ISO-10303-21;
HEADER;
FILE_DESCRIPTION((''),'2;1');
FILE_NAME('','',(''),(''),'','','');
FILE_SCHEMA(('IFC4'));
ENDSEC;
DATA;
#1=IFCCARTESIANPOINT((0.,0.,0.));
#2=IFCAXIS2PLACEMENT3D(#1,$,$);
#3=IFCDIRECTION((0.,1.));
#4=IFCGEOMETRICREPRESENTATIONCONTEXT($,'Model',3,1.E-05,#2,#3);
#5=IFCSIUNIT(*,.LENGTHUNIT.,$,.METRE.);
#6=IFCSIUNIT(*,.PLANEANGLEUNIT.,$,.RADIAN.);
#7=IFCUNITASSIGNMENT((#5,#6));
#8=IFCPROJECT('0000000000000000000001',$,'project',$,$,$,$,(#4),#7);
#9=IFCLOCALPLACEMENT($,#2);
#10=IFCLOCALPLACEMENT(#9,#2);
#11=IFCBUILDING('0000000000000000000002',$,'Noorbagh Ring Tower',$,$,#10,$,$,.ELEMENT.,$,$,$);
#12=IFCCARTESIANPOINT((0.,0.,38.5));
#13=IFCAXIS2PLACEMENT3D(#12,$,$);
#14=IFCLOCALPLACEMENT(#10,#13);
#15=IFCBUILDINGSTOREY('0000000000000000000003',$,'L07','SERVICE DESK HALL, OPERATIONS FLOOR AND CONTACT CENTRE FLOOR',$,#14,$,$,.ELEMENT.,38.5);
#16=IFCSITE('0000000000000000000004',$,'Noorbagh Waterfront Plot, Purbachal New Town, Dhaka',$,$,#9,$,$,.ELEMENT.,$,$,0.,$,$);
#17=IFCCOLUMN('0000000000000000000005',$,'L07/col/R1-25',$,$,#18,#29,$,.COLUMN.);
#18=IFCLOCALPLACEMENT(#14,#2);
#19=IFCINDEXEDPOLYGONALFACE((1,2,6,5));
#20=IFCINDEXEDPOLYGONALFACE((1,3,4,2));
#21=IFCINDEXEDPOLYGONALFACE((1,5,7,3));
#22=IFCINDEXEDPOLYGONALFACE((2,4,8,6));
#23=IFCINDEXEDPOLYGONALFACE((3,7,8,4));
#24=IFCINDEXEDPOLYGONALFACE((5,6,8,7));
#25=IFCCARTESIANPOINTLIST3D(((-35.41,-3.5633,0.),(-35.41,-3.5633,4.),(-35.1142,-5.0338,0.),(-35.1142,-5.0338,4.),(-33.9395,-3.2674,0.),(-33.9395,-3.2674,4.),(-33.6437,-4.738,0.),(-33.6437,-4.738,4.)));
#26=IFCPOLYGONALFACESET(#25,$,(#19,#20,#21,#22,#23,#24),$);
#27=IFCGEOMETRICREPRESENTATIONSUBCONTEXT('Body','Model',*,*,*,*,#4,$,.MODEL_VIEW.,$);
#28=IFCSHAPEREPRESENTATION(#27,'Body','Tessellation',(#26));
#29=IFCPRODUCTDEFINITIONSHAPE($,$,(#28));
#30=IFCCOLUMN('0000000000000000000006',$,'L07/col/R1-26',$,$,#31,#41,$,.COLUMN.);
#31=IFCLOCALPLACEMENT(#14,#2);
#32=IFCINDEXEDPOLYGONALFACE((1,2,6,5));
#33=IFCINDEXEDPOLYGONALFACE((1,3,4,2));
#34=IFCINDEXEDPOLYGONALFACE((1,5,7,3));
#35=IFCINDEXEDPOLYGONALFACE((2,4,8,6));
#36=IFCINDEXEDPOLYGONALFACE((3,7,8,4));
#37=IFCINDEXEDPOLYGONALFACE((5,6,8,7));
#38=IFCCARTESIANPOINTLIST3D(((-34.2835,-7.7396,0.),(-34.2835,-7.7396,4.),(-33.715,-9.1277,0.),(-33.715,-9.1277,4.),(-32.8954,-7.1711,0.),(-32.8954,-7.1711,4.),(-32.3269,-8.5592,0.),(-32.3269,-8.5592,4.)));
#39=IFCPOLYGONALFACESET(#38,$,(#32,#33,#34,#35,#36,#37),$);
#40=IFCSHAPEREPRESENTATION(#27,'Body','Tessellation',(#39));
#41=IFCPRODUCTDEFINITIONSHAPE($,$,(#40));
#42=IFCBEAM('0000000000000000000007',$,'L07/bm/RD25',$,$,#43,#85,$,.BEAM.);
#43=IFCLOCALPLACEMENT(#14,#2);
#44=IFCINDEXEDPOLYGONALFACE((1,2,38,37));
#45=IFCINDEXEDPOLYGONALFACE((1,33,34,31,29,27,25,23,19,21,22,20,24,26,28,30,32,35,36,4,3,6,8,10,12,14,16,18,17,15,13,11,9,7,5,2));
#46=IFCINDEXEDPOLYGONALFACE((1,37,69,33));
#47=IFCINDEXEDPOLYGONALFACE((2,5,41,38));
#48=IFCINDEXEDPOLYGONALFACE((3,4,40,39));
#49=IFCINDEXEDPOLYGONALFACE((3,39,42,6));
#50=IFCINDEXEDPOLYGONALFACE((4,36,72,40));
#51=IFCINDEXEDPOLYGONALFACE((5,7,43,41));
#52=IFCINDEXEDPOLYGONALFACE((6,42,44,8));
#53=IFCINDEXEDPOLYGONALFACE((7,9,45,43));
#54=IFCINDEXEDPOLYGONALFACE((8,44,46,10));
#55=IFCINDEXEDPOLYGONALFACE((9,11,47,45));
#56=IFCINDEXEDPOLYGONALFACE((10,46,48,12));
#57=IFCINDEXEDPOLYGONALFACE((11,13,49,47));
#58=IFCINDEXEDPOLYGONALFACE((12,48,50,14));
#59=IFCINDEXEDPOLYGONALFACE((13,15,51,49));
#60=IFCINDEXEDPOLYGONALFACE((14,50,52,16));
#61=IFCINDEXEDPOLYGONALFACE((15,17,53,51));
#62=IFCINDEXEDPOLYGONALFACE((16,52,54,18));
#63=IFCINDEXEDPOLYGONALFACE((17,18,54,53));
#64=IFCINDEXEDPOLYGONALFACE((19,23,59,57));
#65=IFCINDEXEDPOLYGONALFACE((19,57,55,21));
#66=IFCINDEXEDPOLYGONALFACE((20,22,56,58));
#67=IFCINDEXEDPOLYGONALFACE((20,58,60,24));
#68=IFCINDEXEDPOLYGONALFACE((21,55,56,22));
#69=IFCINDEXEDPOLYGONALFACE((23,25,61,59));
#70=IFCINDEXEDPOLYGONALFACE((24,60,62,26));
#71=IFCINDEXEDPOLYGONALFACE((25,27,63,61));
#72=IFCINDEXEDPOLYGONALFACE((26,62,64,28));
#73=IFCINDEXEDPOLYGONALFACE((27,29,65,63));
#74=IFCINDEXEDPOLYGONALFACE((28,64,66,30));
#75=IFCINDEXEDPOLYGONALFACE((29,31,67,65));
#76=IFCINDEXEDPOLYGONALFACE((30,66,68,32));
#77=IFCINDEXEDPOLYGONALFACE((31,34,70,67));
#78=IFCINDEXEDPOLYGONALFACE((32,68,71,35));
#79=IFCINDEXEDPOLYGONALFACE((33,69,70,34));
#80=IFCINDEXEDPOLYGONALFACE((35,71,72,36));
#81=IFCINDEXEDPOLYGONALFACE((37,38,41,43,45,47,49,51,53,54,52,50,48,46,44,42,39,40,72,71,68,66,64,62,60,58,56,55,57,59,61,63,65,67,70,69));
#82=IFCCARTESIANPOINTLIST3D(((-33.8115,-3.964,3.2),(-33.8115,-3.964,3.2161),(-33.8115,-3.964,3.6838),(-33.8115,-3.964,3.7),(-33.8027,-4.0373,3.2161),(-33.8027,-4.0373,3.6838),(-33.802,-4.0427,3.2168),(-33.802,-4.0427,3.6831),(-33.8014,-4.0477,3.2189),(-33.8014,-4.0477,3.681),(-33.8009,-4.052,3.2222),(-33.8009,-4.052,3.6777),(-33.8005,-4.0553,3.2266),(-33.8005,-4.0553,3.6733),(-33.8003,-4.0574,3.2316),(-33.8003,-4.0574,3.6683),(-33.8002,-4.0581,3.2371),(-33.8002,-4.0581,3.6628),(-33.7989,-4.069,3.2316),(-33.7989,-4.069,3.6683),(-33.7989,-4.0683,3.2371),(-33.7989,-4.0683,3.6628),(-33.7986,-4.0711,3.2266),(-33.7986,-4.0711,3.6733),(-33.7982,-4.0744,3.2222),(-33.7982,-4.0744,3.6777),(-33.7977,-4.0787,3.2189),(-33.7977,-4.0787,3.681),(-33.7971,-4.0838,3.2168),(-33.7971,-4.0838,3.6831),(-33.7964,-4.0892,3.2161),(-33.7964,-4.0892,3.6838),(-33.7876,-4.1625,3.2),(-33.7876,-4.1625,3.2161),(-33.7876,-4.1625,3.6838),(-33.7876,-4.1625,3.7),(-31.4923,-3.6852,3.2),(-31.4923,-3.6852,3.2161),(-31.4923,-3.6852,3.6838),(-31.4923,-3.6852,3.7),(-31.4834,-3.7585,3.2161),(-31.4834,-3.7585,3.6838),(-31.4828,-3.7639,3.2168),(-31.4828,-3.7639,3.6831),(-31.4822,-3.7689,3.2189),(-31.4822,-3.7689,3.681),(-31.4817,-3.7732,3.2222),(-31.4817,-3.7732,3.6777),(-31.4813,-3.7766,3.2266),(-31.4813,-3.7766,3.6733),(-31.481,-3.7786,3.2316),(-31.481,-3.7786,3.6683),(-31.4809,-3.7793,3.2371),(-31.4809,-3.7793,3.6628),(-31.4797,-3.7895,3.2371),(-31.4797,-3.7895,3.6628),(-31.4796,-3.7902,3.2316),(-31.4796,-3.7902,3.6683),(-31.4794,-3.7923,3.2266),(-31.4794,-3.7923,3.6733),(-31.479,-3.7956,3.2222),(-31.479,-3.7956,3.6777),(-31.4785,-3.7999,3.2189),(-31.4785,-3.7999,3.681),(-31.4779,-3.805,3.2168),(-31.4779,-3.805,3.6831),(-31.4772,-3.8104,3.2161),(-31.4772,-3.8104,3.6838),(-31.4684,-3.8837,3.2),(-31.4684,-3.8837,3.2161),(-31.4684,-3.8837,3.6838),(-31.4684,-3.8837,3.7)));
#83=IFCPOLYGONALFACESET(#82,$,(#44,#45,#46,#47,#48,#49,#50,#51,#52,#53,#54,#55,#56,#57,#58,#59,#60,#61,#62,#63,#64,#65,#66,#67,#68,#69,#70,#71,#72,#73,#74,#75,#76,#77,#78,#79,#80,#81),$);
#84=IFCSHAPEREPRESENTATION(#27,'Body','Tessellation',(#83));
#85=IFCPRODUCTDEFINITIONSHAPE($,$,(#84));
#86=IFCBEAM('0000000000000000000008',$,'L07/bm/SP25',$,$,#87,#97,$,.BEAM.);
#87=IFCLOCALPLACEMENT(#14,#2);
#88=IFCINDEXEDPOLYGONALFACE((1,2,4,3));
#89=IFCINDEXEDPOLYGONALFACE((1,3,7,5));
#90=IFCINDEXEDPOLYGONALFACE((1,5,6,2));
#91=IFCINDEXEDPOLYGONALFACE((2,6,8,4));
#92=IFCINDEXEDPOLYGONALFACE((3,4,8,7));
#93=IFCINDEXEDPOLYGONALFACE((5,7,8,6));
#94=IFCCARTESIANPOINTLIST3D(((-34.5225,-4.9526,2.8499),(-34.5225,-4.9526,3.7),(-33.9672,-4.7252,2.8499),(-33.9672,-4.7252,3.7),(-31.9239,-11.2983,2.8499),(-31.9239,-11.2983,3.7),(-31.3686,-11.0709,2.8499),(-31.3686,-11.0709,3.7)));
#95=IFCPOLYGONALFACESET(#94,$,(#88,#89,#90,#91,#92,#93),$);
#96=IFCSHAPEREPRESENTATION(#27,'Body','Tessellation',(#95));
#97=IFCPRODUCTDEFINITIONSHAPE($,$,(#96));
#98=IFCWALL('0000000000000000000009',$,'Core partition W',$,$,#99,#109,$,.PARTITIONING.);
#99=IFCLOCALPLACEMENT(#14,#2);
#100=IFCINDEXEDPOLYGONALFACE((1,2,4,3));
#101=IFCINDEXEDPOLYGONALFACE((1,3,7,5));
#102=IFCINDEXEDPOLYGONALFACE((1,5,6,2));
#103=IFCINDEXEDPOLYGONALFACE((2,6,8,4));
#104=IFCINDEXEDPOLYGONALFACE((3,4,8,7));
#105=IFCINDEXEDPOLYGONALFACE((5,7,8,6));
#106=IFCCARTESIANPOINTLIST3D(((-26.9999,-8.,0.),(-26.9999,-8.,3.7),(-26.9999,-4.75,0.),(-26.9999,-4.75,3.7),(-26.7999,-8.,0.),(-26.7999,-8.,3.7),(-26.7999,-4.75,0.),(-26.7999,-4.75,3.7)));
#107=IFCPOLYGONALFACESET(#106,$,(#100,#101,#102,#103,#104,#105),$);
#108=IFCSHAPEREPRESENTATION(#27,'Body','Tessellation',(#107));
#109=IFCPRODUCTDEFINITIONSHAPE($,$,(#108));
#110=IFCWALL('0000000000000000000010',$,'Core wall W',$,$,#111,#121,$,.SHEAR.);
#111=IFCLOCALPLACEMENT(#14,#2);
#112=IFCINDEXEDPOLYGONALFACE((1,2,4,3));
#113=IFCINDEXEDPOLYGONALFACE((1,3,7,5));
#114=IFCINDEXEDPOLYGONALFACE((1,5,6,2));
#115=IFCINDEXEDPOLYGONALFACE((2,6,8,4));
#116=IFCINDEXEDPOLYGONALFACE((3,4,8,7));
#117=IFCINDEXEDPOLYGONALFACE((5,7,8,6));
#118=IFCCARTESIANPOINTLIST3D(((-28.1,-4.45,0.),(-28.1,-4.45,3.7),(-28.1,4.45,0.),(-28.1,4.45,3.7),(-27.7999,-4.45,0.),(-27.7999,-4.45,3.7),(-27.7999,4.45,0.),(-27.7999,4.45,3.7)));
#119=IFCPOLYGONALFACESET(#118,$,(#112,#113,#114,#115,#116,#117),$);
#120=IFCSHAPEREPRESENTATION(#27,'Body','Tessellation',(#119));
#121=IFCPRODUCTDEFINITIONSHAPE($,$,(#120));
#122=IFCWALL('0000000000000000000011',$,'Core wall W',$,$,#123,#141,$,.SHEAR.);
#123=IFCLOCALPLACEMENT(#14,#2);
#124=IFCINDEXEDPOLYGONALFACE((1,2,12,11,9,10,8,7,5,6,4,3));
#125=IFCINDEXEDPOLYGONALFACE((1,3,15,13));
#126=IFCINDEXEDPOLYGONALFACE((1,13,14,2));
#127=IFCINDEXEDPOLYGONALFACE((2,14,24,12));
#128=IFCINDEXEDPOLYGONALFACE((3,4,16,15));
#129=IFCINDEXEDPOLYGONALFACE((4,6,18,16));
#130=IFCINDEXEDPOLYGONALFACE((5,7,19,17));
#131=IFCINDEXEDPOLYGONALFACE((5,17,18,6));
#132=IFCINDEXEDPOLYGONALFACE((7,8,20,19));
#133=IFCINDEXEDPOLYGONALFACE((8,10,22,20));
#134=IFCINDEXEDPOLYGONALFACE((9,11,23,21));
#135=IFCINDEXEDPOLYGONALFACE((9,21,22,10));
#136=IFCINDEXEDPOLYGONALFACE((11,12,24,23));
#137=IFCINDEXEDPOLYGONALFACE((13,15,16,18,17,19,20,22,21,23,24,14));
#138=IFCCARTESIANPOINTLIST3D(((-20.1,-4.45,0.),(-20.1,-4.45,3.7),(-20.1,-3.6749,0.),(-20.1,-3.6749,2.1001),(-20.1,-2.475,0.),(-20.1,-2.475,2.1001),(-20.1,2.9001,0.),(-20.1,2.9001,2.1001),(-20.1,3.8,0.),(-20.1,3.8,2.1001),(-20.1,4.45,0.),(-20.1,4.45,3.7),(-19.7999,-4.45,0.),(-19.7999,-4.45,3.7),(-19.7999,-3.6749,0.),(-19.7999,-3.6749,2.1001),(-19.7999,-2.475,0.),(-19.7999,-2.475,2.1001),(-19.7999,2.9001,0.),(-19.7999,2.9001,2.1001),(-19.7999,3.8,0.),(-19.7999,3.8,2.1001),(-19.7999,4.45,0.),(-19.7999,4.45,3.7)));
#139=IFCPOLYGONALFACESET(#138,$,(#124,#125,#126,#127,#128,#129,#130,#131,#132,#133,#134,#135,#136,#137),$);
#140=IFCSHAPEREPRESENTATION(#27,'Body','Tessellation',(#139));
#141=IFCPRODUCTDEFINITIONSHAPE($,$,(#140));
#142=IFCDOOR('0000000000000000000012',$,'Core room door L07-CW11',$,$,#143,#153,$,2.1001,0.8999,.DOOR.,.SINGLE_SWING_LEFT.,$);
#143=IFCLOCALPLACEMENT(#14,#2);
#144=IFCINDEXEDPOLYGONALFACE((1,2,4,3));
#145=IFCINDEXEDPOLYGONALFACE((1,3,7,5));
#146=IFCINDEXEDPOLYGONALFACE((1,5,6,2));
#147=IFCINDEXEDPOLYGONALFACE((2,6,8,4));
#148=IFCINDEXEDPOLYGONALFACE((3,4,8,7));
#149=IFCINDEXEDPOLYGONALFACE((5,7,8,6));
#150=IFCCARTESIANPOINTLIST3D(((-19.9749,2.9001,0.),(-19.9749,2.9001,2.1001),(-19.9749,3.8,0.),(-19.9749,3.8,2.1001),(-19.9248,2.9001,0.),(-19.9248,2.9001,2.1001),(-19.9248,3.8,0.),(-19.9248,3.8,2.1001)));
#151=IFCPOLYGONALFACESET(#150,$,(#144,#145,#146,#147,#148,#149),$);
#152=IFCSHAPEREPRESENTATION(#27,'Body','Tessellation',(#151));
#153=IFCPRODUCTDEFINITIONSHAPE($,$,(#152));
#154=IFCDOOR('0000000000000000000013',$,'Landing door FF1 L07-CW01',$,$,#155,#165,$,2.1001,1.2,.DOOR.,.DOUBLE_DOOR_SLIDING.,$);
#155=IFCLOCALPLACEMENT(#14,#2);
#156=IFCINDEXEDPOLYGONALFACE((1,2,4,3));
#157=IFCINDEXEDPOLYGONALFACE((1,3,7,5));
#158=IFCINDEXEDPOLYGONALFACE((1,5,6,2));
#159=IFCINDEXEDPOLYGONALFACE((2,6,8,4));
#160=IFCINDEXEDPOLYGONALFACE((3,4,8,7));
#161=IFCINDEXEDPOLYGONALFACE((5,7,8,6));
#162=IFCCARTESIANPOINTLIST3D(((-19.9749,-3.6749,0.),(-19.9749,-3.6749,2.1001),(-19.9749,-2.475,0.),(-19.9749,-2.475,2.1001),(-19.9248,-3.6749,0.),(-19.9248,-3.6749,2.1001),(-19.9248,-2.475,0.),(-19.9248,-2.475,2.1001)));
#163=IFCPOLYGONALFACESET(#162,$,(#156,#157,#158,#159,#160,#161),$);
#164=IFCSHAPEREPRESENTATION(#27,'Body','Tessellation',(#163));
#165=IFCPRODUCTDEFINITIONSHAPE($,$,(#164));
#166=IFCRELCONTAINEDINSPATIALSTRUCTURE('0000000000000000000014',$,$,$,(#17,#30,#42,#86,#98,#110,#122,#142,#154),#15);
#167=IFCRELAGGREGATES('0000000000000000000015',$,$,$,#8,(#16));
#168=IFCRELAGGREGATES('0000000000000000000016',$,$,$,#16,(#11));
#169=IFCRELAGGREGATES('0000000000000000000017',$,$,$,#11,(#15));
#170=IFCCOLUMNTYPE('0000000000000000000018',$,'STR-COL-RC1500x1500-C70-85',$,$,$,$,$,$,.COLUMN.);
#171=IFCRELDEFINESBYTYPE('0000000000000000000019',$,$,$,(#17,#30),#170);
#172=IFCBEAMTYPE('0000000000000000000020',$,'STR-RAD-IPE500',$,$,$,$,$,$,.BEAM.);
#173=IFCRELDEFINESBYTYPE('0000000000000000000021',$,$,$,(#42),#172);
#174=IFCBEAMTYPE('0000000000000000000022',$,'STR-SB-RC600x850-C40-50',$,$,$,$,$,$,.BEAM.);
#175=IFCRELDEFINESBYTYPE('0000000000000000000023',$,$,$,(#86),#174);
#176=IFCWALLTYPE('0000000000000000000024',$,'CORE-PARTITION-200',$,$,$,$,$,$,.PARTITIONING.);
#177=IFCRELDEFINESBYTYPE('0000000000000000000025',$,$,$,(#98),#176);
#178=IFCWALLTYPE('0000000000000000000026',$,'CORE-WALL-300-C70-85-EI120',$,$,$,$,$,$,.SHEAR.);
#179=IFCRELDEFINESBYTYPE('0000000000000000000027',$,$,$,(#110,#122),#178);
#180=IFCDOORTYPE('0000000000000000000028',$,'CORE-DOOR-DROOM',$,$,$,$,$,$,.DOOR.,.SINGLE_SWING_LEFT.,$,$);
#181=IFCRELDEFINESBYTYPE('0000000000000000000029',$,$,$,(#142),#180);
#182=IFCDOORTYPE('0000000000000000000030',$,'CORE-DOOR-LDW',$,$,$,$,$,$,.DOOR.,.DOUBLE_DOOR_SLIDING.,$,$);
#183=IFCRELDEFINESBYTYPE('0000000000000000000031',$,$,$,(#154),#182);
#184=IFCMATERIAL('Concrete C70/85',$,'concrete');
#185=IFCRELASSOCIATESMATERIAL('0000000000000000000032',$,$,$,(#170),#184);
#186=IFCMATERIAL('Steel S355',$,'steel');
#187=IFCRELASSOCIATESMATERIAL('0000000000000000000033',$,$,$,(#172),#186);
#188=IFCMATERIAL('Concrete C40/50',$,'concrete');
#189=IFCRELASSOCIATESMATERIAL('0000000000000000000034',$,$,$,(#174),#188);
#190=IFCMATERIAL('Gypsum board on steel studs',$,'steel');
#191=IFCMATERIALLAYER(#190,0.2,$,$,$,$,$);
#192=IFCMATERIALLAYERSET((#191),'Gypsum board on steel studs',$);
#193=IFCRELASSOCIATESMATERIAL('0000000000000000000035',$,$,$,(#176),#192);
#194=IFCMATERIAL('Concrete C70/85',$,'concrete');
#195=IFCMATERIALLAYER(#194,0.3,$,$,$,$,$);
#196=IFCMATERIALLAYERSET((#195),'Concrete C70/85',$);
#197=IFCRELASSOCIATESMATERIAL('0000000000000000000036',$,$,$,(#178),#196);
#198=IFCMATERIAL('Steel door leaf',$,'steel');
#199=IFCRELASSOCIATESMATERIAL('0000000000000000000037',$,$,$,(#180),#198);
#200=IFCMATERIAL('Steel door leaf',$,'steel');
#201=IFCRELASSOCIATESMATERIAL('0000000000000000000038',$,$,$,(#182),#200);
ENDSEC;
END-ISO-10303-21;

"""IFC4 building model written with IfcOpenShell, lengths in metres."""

from ifc_helpers import new_model, si_unit, direction, frame, frame_2d, origin, origin_2d, place, context, subcontext, project, spatial, rectangle, i_section, extrude, material, layer, layer_set, material_profile, profile_set, type_object, element, fill, save


model = new_model("IFC4")

# Units and contexts
model_context = context("Model", 3, precision=1e-05, world=origin(), true_north=direction((0.0, 1.0)))
body_context = subcontext(model_context, "Body", "Model", "MODEL_VIEW")
ifc_project = project(units=[si_unit("LENGTHUNIT", "METRE"), si_unit("PLANEANGLEUNIT", "RADIAN")], contexts=[model_context])

# Site, building, storey
site_placement = place(None, origin())
site = spatial("IfcSite", under=ifc_project, at=site_placement, Name="Noorbagh Waterfront Plot, Purbachal New Town, Dhaka", CompositionType="ELEMENT", RefElevation=0.0)
building_placement = place(site_placement, origin())
building = spatial("IfcBuilding", under=site, at=building_placement, Name="Noorbagh Ring Tower", CompositionType="ELEMENT")
storey_placement = place(building_placement, frame((0.0, 0.0, 38.5)))
storey = spatial("IfcBuildingStorey", under=building, at=storey_placement, Name="L07", Description="SERVICE DESK HALL, OPERATIONS FLOOR AND CONTACT CENTRE FLOOR", CompositionType="ELEMENT", Elevation=38.5)

# Columns
ifc_material_1 = material(Name="Concrete C70/85", Category="concrete")
ifc_material_profile_1 = material_profile(ifc_material_1, rectangle(XDim=1.5, YDim=1.5, at=origin_2d()), Name="RC1500x1500")
ifc_profile_set_1 = profile_set([ifc_material_profile_1], Name="Concrete C70/85")
column_type = type_object("IfcColumnType", Name="STR-COL-RC1500x1500-C70-85", PredefinedType="COLUMN", material=ifc_profile_set_1)
for number, where, z_axis, x_axis, name in (
    (1, (-34.5269, -4.1506, 0.0), (0.0, 0.0, 1.0), (0.19723, -0.980357, 0.0), "L07/col/R1-25"),
    (2, (-33.3052, -8.1494, 0.0), (0.0, 0.0, 1.0), (0.378989, -0.925401, 0.0), "L07/col/R1-26"),
):
    element("IfcColumn", number, at=place(storey_placement, frame(where, z_axis=z_axis, x_axis=x_axis)), inside=storey, type_object=column_type, Name=name, PredefinedType="COLUMN", context=body_context, shape_type="SweptSolid", body=[
        extrude(rectangle(XDim=1.5, YDim=1.5, at=origin_2d()), origin(), (0.0, 0.0, 1.0), 4.0),
    ])

# Beams
ifc_material_2 = material(Name="Steel S355", Category="steel")
ifc_material_profile_2 = material_profile(ifc_material_2, i_section(OverallWidth=0.2, OverallDepth=0.5, WebThickness=0.0103, FlangeThickness=0.0161, FilletRadius=0.021, at=origin_2d()), Name="IPE500")
ifc_profile_set_2 = profile_set([ifc_material_profile_2], Name="Steel S355")
beam_type_1 = type_object("IfcBeamType", Name="STR-RAD-IPE500", PredefinedType="BEAM", material=ifc_profile_set_2)
beam_1_placement = place(storey_placement, frame((-33.7996, -4.0632, 3.45), z_axis=(0.992852, 0.119351, 0.0), x_axis=(-0.119351, 0.992852, 0.0)))
element("IfcBeam", 3, at=beam_1_placement, inside=storey, type_object=beam_type_1, Name="L07/bm/RD25", PredefinedType="BEAM", context=body_context, shape_type="SweptSolid", body=[
    extrude(i_section(OverallWidth=0.2, OverallDepth=0.5, WebThickness=0.0103, FlangeThickness=0.0161, FilletRadius=0.021, at=origin_2d()), origin(), (0.0, 0.0, 1.0), 2.3359),
])
ifc_material_3 = material(Name="Concrete C40/50", Category="concrete")
ifc_material_profile_3 = material_profile(ifc_material_3, rectangle(XDim=0.6001, YDim=0.8501, at=origin_2d()), Name="RC600x850")
ifc_profile_set_3 = profile_set([ifc_material_profile_3], Name="Concrete C40/50")
beam_type_2 = type_object("IfcBeamType", Name="STR-SB-RC600x850-C40-50", PredefinedType="BEAM", material=ifc_profile_set_3)
beam_2_placement = place(storey_placement, frame((-34.2449, -4.8389, 3.2749), z_axis=(0.378966, -0.925411, 0.0), x_axis=(0.925411, 0.378966, 0.0)))
element("IfcBeam", 4, at=beam_2_placement, inside=storey, type_object=beam_type_2, Name="L07/bm/SP25", PredefinedType="BEAM", context=body_context, shape_type="SweptSolid", body=[
    extrude(rectangle(XDim=0.6001, YDim=0.8501, at=origin_2d()), origin(), (0.0, 0.0, 1.0), 6.8572),
])

# Walls
ifc_material_4 = material(Name="Gypsum board on steel studs", Category="steel")
ifc_layer_1 = layer(ifc_material_4, 0.2)
ifc_layer_set_1 = layer_set([ifc_layer_1], Name="Gypsum board on steel studs")
wall_type_1 = type_object("IfcWallType", Name="CORE-PARTITION-200", PredefinedType="PARTITIONING", material=ifc_layer_set_1)
wall_1_placement = place(storey_placement, frame((-26.8999, -8.0, 0.0), z_axis=(0.0, 0.0, 1.0), x_axis=(0.0, 1.0, 0.0)))
element("IfcWall", 5, at=wall_1_placement, inside=storey, type_object=wall_type_1, Name="Core partition W", PredefinedType="PARTITIONING", context=body_context, shape_type="SweptSolid", body=[
    extrude(rectangle(XDim=3.25, YDim=0.2, at=frame_2d((1.625, 0.0))), origin(), (0.0, 0.0, 1.0), 3.7),
])
ifc_material_5 = material(Name="Concrete C70/85", Category="concrete")
ifc_layer_2 = layer(ifc_material_5, 0.3)
ifc_layer_set_2 = layer_set([ifc_layer_2], Name="Concrete C70/85")
wall_type_2 = type_object("IfcWallType", Name="CORE-WALL-300-C70-85-EI120", PredefinedType="SHEAR", material=ifc_layer_set_2)
wall_2_placement = place(storey_placement, frame((-27.95, -4.45, 0.0), z_axis=(0.0, 0.0, 1.0), x_axis=(0.0, 1.0, 0.0)))
element("IfcWall", 6, at=wall_2_placement, inside=storey, type_object=wall_type_2, Name="Core wall W", PredefinedType="SHEAR", context=body_context, shape_type="SweptSolid", body=[
    extrude(rectangle(XDim=8.8999, YDim=0.3, at=frame_2d((4.45, 0.0))), origin(), (0.0, 0.0, 1.0), 3.7),
])

# Wall, openings, doors
wall_3_placement = place(storey_placement, frame((-19.95, -4.45, 0.0), z_axis=(0.0, 0.0, 1.0), x_axis=(0.0, 1.0, 0.0)))
wall_3 = element("IfcWall", 7, at=wall_3_placement, inside=storey, type_object=wall_type_2, Name="Core wall W", PredefinedType="SHEAR", context=body_context, shape_type="SweptSolid", body=[
    extrude(rectangle(XDim=8.8999, YDim=0.3, at=frame_2d((4.45, 0.0))), origin(), (0.0, 0.0, 1.0), 3.7),
])
opening_1_placement = place(wall_3_placement, frame((0.7749, 0.0, 0.0)))
opening_1 = element("IfcOpeningElement", 8, at=opening_1_placement, cuts=wall_3, PredefinedType="OPENING", context=body_context, shape_type="SweptSolid", body=[
    extrude(rectangle(XDim=1.2, YDim=2.1001, at=frame_2d((0.6001, 1.05))), frame((0.0, 0.1602, 0.0), z_axis=(0.0, -1.0, 0.0), x_axis=(1.0, 0.0, 0.0)), (0.0, 0.0, 1.0), 0.3201),
])
opening_2_placement = place(wall_3_placement, frame((7.3501, 0.0, 0.0)))
opening_2 = element("IfcOpeningElement", 9, at=opening_2_placement, cuts=wall_3, PredefinedType="OPENING", context=body_context, shape_type="SweptSolid", body=[
    extrude(rectangle(XDim=0.8999, YDim=2.1001, at=frame_2d((0.45, 1.05))), frame((0.0, 0.1602, 0.0), z_axis=(0.0, -1.0, 0.0), x_axis=(1.0, 0.0, 0.0)), (0.0, 0.0, 1.0), 0.3201),
])
ifc_material_6 = material(Name="Steel door leaf", Category="steel")
door_type_1 = type_object("IfcDoorType", Name="CORE-DOOR-DROOM", OperationType="SINGLE_SWING_LEFT", PredefinedType="DOOR", material=ifc_material_6)
door_1_placement = place(opening_2_placement, origin())
door_1 = element("IfcDoor", 10, at=door_1_placement, inside=storey, type_object=door_type_1, Name="Core room door L07-CW11", OperationType="SINGLE_SWING_LEFT", OverallHeight=2.1001, OverallWidth=0.8999, PredefinedType="DOOR", context=body_context, shape_type="SweptSolid", body=[
    extrude(rectangle(XDim=0.8999, YDim=2.1001, at=frame_2d((0.45, 1.05))), frame((0.0, 0.0249, 0.0), z_axis=(0.0, -1.0, 0.0), x_axis=(1.0, 0.0, 0.0)), (0.0, 0.0, 1.0), 0.05),
])
fill(opening_2, door_1)
ifc_material_7 = material(Name="Steel door leaf", Category="steel")
door_type_2 = type_object("IfcDoorType", Name="CORE-DOOR-LDW", OperationType="DOUBLE_DOOR_SLIDING", PredefinedType="DOOR", material=ifc_material_7)
door_2_placement = place(opening_1_placement, origin())
door_2 = element("IfcDoor", 11, at=door_2_placement, inside=storey, type_object=door_type_2, Name="Landing door FF1 L07-CW01", OperationType="DOUBLE_DOOR_SLIDING", OverallHeight=2.1001, OverallWidth=1.2, PredefinedType="DOOR", context=body_context, shape_type="SweptSolid", body=[
    extrude(rectangle(XDim=1.2, YDim=2.1001, at=frame_2d((0.6001, 1.05))), frame((0.0, 0.0249, 0.0), z_axis=(0.0, -1.0, 0.0), x_axis=(1.0, 0.0, 0.0)), (0.0, 0.0, 1.0), 0.05),
])
fill(opening_1, door_2)

save(model, "model.ifc")
